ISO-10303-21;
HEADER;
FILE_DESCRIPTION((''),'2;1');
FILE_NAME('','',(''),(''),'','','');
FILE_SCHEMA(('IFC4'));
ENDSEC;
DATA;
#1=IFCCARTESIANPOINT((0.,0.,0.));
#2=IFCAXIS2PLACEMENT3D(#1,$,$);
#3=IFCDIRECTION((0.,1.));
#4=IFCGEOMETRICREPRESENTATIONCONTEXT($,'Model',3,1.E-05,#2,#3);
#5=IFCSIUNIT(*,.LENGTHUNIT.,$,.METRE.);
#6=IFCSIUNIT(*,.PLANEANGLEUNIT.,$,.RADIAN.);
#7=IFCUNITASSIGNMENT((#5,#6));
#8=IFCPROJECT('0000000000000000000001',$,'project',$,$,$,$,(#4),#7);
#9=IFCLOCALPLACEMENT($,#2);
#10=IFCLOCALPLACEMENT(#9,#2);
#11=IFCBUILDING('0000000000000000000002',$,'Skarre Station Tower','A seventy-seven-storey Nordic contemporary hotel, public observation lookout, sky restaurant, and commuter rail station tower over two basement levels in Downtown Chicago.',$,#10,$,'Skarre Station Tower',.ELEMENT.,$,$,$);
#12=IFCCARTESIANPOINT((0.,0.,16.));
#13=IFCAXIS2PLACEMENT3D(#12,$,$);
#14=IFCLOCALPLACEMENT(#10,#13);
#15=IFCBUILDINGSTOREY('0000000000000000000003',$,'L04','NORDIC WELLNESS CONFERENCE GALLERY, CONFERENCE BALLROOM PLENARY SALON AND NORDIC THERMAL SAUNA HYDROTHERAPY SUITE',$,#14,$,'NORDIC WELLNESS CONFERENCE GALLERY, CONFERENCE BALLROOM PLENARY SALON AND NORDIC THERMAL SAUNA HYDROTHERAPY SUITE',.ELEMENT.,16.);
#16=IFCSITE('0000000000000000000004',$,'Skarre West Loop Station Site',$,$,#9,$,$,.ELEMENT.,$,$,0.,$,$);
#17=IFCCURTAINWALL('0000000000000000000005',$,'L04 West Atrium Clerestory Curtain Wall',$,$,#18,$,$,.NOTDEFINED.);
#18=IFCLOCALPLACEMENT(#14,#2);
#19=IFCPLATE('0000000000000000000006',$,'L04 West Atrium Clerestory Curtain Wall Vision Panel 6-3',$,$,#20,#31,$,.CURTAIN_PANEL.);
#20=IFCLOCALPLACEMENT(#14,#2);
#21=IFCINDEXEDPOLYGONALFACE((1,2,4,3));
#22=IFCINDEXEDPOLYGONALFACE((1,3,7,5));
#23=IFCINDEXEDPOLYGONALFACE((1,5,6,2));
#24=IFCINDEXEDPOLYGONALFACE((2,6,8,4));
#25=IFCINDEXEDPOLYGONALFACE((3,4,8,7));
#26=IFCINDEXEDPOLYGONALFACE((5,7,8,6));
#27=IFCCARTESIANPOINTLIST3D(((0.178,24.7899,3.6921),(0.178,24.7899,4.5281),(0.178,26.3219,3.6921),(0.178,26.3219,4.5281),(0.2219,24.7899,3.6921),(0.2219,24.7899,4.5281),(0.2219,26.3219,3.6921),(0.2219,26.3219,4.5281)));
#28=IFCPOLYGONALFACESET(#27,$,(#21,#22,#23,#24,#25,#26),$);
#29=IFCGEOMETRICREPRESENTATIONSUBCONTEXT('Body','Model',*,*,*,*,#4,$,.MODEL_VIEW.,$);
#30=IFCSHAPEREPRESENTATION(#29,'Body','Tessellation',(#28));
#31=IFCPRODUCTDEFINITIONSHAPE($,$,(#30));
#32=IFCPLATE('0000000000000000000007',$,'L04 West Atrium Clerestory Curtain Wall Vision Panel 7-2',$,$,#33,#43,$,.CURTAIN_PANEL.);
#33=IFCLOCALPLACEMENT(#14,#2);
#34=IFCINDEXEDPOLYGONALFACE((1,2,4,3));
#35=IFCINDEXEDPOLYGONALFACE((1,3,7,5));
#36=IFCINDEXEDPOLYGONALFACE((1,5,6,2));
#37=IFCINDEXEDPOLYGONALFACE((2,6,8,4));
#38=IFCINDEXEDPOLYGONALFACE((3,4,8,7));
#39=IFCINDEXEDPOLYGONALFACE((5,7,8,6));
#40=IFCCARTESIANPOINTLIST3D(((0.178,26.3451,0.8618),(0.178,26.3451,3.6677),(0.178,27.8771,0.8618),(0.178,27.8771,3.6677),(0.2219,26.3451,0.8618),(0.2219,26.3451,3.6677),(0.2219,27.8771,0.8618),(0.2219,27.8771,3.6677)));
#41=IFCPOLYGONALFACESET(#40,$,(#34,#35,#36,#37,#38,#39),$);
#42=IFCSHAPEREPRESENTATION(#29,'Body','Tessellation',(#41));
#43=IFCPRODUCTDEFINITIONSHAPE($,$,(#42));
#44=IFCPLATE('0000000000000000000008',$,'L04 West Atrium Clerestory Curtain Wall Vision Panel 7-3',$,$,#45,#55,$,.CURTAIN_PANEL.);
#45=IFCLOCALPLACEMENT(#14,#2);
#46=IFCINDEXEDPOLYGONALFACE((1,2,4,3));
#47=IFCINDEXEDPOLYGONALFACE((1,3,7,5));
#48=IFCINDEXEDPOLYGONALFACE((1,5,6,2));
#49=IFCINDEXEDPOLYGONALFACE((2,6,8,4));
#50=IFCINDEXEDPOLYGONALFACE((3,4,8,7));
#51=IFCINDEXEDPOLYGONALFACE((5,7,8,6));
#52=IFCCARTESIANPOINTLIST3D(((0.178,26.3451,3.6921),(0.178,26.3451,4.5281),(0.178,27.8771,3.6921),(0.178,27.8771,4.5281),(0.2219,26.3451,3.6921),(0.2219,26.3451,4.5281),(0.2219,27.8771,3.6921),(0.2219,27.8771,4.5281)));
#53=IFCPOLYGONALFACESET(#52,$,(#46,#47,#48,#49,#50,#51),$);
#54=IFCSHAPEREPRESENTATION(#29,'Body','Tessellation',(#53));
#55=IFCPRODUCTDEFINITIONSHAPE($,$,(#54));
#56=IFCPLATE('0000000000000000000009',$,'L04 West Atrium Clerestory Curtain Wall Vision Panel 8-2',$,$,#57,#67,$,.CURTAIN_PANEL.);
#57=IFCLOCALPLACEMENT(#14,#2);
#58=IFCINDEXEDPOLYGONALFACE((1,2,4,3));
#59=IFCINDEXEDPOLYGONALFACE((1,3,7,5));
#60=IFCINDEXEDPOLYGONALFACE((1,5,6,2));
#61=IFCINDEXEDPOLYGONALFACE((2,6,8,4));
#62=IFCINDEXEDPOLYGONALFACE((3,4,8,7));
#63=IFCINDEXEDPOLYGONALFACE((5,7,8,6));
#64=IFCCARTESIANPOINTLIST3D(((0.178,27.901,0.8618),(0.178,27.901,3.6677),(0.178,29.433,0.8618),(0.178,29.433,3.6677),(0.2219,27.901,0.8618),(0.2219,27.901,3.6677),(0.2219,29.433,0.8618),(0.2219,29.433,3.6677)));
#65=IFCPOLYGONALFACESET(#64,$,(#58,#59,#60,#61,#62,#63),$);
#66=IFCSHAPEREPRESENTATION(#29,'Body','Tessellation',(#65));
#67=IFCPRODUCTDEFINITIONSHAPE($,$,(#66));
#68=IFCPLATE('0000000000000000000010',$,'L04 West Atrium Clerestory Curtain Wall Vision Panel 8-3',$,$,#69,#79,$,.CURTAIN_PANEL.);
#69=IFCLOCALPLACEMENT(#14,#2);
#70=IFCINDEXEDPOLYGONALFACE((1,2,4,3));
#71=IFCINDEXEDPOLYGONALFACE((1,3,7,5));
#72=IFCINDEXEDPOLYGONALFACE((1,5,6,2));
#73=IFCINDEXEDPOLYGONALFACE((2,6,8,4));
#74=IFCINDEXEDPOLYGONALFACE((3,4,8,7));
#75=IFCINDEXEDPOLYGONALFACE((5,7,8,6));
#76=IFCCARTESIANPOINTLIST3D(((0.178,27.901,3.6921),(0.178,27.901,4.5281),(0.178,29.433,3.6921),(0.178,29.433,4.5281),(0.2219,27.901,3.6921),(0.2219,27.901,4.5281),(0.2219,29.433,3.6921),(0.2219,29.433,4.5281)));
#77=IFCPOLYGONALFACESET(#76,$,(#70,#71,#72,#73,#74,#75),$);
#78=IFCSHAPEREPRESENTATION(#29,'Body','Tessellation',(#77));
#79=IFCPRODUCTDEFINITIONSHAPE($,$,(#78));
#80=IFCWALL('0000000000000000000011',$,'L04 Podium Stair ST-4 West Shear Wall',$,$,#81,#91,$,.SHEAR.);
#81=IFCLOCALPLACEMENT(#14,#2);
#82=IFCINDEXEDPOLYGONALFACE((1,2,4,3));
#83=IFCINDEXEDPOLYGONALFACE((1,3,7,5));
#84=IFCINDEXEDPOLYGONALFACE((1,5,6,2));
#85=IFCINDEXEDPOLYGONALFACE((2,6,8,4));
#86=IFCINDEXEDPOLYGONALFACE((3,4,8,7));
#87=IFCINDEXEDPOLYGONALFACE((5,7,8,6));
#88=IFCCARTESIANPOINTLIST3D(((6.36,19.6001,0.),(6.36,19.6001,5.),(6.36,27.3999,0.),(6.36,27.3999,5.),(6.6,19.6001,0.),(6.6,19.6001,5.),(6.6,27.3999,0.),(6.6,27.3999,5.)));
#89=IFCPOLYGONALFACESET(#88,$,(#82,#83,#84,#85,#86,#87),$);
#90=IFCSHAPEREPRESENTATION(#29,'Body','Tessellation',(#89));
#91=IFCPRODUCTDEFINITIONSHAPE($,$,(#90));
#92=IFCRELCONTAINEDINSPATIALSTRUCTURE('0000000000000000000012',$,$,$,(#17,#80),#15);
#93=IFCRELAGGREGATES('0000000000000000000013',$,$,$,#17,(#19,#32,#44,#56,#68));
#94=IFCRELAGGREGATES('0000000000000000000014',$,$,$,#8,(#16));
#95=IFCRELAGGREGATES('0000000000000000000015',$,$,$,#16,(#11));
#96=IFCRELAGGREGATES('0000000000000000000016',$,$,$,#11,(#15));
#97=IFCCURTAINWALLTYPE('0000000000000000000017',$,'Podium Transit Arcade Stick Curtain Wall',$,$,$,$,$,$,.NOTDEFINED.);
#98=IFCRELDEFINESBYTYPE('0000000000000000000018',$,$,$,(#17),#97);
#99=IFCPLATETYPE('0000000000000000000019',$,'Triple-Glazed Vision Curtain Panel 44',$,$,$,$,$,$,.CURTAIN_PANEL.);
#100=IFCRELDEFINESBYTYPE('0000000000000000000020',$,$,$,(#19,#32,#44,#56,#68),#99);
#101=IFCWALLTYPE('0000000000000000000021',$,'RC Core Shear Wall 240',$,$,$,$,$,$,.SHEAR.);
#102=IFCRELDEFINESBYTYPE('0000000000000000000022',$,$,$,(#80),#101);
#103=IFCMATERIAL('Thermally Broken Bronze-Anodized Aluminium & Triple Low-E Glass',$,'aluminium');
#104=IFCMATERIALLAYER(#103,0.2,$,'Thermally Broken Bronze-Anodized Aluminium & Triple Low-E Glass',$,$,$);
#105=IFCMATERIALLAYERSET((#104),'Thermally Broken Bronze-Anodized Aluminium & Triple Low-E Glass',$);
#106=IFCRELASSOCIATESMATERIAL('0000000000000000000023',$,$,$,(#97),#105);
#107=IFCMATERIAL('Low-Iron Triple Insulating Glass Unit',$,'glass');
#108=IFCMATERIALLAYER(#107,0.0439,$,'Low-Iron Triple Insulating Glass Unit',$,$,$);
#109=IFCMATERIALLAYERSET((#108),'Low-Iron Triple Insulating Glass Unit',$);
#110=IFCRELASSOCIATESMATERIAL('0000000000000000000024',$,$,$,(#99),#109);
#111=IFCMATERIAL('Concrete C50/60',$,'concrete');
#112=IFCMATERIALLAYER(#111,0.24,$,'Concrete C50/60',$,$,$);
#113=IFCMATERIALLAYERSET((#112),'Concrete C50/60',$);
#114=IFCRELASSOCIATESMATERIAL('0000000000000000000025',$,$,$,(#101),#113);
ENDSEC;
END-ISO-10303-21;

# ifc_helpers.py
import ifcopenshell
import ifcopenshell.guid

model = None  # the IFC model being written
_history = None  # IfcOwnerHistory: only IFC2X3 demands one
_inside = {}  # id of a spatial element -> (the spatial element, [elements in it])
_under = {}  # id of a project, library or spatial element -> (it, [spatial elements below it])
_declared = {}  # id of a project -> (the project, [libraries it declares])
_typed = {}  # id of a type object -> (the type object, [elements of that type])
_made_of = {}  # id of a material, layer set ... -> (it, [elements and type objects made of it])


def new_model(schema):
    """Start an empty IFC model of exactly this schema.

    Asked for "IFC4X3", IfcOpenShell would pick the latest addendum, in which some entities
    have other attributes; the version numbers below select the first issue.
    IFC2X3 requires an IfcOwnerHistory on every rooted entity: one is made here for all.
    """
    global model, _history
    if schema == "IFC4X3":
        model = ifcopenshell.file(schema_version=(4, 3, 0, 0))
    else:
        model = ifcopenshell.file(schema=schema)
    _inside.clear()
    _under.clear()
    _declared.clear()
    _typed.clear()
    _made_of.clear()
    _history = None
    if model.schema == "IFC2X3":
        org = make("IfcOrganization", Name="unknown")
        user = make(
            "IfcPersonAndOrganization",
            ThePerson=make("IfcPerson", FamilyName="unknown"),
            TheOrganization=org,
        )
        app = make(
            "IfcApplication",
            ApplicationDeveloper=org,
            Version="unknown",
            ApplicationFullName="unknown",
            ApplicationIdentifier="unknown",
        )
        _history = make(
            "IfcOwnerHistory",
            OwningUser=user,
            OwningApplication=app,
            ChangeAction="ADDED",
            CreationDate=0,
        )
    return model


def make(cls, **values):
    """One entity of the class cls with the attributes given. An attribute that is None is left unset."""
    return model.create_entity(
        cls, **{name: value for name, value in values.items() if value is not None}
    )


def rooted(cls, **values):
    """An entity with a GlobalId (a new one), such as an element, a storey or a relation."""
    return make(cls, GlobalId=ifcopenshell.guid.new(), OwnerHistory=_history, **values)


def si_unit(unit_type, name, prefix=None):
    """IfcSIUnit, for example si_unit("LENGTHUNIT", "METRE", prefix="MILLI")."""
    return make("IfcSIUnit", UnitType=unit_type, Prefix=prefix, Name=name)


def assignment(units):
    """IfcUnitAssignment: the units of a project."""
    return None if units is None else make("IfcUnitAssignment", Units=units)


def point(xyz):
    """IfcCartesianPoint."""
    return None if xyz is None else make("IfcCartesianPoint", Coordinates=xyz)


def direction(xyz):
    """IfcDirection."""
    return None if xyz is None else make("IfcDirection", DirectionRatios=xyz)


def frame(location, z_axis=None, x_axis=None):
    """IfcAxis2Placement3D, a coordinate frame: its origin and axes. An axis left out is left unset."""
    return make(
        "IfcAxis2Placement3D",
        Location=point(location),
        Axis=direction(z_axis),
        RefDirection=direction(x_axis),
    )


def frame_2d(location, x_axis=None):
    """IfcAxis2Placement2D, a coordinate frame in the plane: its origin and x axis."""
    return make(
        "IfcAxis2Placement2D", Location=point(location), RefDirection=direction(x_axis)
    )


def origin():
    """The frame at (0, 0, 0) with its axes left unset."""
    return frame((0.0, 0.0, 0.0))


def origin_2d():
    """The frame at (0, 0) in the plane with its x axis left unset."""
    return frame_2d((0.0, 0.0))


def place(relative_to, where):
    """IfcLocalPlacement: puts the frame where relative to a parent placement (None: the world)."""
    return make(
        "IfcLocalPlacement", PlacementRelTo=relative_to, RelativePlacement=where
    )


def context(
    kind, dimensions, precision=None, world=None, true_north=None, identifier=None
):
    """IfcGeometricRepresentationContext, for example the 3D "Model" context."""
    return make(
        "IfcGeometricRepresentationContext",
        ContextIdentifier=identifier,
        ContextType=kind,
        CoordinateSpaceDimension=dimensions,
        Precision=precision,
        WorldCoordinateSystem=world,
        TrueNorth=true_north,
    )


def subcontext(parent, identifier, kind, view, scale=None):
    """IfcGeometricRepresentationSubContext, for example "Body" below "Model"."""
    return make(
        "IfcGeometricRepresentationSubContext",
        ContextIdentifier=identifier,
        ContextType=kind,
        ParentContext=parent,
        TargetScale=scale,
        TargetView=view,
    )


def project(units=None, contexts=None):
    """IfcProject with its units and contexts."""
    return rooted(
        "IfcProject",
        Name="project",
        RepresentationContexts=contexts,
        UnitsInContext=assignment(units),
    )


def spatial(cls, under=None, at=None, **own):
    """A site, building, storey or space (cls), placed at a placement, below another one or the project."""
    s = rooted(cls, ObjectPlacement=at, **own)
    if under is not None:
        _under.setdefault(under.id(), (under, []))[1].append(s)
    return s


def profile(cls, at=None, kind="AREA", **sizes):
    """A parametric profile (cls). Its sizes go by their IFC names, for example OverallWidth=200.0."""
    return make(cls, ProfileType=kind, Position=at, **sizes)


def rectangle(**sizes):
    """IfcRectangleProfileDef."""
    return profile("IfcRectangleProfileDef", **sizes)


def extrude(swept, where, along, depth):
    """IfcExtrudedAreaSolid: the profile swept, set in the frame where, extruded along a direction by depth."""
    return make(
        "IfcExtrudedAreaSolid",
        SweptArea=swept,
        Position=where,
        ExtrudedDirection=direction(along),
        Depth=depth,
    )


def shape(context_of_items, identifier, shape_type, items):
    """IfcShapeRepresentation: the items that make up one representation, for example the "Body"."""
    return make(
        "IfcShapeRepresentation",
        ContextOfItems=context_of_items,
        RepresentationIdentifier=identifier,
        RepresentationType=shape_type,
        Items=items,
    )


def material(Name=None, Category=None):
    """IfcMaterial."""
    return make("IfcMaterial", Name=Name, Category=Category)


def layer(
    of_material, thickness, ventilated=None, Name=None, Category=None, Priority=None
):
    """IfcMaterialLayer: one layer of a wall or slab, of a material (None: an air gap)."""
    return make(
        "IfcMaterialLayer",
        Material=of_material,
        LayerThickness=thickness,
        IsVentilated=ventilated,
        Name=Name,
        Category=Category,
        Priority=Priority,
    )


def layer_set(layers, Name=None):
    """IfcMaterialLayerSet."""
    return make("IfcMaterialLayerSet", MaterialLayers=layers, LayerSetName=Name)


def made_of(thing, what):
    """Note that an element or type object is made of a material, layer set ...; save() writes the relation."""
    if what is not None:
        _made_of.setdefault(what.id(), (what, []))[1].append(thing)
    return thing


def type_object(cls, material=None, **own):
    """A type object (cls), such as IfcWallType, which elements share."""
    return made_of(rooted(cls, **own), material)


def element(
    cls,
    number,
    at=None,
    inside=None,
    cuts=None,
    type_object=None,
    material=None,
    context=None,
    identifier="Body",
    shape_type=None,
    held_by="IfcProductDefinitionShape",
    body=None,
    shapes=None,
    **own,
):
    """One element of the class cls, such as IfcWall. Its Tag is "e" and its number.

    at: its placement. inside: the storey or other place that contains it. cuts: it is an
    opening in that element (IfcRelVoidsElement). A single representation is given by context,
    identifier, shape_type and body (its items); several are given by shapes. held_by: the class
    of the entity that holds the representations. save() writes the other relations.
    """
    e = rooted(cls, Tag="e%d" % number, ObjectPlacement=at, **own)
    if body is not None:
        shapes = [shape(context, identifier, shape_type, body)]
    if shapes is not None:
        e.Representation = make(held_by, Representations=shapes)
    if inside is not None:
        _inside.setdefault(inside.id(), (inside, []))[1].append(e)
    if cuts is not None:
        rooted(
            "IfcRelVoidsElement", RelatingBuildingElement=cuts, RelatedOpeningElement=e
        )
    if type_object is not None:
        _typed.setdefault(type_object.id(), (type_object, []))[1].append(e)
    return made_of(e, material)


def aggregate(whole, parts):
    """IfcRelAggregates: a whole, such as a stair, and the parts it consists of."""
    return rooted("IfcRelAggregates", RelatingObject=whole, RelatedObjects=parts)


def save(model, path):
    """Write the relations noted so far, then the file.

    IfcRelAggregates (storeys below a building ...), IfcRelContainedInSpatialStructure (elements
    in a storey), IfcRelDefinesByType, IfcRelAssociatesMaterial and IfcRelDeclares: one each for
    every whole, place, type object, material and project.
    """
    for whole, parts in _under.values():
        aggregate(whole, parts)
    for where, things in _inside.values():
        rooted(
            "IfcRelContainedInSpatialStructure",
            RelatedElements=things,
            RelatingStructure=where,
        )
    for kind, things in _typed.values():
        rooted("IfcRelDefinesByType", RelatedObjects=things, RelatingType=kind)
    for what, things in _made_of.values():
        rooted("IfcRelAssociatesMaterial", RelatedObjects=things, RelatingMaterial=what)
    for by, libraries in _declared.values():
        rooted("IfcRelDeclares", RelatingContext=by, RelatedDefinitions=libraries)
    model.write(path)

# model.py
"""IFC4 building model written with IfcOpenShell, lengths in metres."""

from ifc_helpers import new_model, si_unit, direction, frame, frame_2d, origin, origin_2d, place, context, subcontext, project, spatial, rectangle, extrude, material, layer, layer_set, type_object, element, aggregate, save


model = new_model("IFC4")

# Units and contexts
model_context = context("Model", 3, precision=1e-05, world=origin(), true_north=direction((0.0, 1.0)))
body_context = subcontext(model_context, "Body", "Model", "MODEL_VIEW")
ifc_project = project(units=[si_unit("LENGTHUNIT", "METRE"), si_unit("PLANEANGLEUNIT", "RADIAN")], contexts=[model_context])

# Site, building, storey
site_placement = place(None, origin())
site = spatial("IfcSite", under=ifc_project, at=site_placement, Name="Skarre West Loop Station Site", CompositionType="ELEMENT", RefElevation=0.0)
building_placement = place(site_placement, origin())
building = spatial("IfcBuilding", under=site, at=building_placement, Name="Skarre Station Tower", Description="A seventy-seven-storey Nordic contemporary hotel, public observation lookout, sky restaurant, and commuter rail station tower over two basement levels in Downtown Chicago.", LongName="Skarre Station Tower", CompositionType="ELEMENT")
storey_placement = place(building_placement, frame((0.0, 0.0, 16.0)))
storey = spatial("IfcBuildingStorey", under=building, at=storey_placement, Name="L04", Description="NORDIC WELLNESS CONFERENCE GALLERY, CONFERENCE BALLROOM PLENARY SALON AND NORDIC THERMAL SAUNA HYDROTHERAPY SUITE", LongName="NORDIC WELLNESS CONFERENCE GALLERY, CONFERENCE BALLROOM PLENARY SALON AND NORDIC THERMAL SAUNA HYDROTHERAPY SUITE", CompositionType="ELEMENT", Elevation=16.0)

# Curtain wall, plates
ifc_material_1 = material(Name="Thermally Broken Bronze-Anodized Aluminium & Triple Low-E Glass", Category="aluminium")
ifc_layer_1 = layer(ifc_material_1, 0.2, Name="Thermally Broken Bronze-Anodized Aluminium & Triple Low-E Glass")
ifc_layer_set_1 = layer_set([ifc_layer_1], Name="Thermally Broken Bronze-Anodized Aluminium & Triple Low-E Glass")
curtain_wall_type = type_object("IfcCurtainWallType", Name="Podium Transit Arcade Stick Curtain Wall", PredefinedType="NOTDEFINED", material=ifc_layer_set_1)
curtain_wall_placement = place(storey_placement, origin())
curtain_wall = element("IfcCurtainWall", 1, at=curtain_wall_placement, inside=storey, type_object=curtain_wall_type, Name="L04 West Atrium Clerestory Curtain Wall", PredefinedType="NOTDEFINED")
ifc_material_2 = material(Name="Low-Iron Triple Insulating Glass Unit", Category="glass")
ifc_layer_2 = layer(ifc_material_2, 0.0439, Name="Low-Iron Triple Insulating Glass Unit")
ifc_layer_set_2 = layer_set([ifc_layer_2], Name="Low-Iron Triple Insulating Glass Unit")
plate_type_1 = type_object("IfcPlateType", Name="Triple-Glazed Vision Curtain Panel 44", PredefinedType="CURTAIN_PANEL", material=ifc_layer_set_2)
plate_1_placement = place(storey_placement, frame((0.2, 25.5559, 3.6921), z_axis=(0.0, 0.0, 1.0), x_axis=(0.0, 1.0, 0.0)))
plate_1 = element("IfcPlate", 2, at=plate_1_placement, type_object=plate_type_1, Name="L04 West Atrium Clerestory Curtain Wall Vision Panel 6-3", PredefinedType="CURTAIN_PANEL", context=body_context, shape_type="SweptSolid", body=[
    extrude(rectangle(XDim=1.532, YDim=0.0439, at=origin_2d()), origin(), (0.0, 0.0, 1.0), 0.8359),
])
plate_2_placement = place(storey_placement, frame((0.2, 27.1111, 0.8618), z_axis=(0.0, 0.0, 1.0), x_axis=(0.0, 1.0, 0.0)))
plate_2 = element("IfcPlate", 3, at=plate_2_placement, type_object=plate_type_1, Name="L04 West Atrium Clerestory Curtain Wall Vision Panel 7-2", PredefinedType="CURTAIN_PANEL", context=body_context, shape_type="SweptSolid", body=[
    extrude(rectangle(XDim=1.532, YDim=0.0439, at=origin_2d()), origin(), (0.0, 0.0, 1.0), 2.8059),
])
plate_3_placement = place(storey_placement, frame((0.2, 27.1111, 3.6921), z_axis=(0.0, 0.0, 1.0), x_axis=(0.0, 1.0, 0.0)))
plate_3 = element("IfcPlate", 4, at=plate_3_placement, type_object=plate_type_1, Name="L04 West Atrium Clerestory Curtain Wall Vision Panel 7-3", PredefinedType="CURTAIN_PANEL", context=body_context, shape_type="SweptSolid", body=[
    extrude(rectangle(XDim=1.532, YDim=0.0439, at=origin_2d()), origin(), (0.0, 0.0, 1.0), 0.8359),
])
plate_4_placement = place(storey_placement, frame((0.2, 28.667, 0.8618), z_axis=(0.0, 0.0, 1.0), x_axis=(0.0, 1.0, 0.0)))
plate_4 = element("IfcPlate", 5, at=plate_4_placement, type_object=plate_type_1, Name="L04 West Atrium Clerestory Curtain Wall Vision Panel 8-2", PredefinedType="CURTAIN_PANEL", context=body_context, shape_type="SweptSolid", body=[
    extrude(rectangle(XDim=1.532, YDim=0.0439, at=origin_2d()), origin(), (0.0, 0.0, 1.0), 2.8059),
])
plate_5_placement = place(storey_placement, frame((0.2, 28.667, 3.6921), z_axis=(0.0, 0.0, 1.0), x_axis=(0.0, 1.0, 0.0)))
plate_5 = element("IfcPlate", 6, at=plate_5_placement, type_object=plate_type_1, Name="L04 West Atrium Clerestory Curtain Wall Vision Panel 8-3", PredefinedType="CURTAIN_PANEL", context=body_context, shape_type="SweptSolid", body=[
    extrude(rectangle(XDim=1.532, YDim=0.0439, at=origin_2d()), origin(), (0.0, 0.0, 1.0), 0.8359),
])
aggregate(curtain_wall, [plate_1, plate_2, plate_3, plate_4, plate_5])

# Wall
ifc_material_3 = material(Name="Concrete C50/60", Category="concrete")
ifc_layer_3 = layer(ifc_material_3, 0.24, Name="Concrete C50/60")
ifc_layer_set_3 = layer_set([ifc_layer_3], Name="Concrete C50/60")
wall_type = type_object("IfcWallType", Name="RC Core Shear Wall 240", PredefinedType="SHEAR", material=ifc_layer_set_3)
wall_1_placement = place(storey_placement, frame((6.48, 27.3999, 0.0), z_axis=(0.0, 0.0, 1.0), x_axis=(0.0, -1.0, 0.0)))
element("IfcWall", 7, at=wall_1_placement, inside=storey, type_object=wall_type, Name="L04 Podium Stair ST-4 West Shear Wall", PredefinedType="SHEAR", context=body_context, shape_type="SweptSolid", body=[
    extrude(rectangle(XDim=7.7998, YDim=0.24, at=frame_2d((3.8999, 0.0))), origin(), (0.0, 0.0, 1.0), 5.0),
])

save(model, "model.ifc")
